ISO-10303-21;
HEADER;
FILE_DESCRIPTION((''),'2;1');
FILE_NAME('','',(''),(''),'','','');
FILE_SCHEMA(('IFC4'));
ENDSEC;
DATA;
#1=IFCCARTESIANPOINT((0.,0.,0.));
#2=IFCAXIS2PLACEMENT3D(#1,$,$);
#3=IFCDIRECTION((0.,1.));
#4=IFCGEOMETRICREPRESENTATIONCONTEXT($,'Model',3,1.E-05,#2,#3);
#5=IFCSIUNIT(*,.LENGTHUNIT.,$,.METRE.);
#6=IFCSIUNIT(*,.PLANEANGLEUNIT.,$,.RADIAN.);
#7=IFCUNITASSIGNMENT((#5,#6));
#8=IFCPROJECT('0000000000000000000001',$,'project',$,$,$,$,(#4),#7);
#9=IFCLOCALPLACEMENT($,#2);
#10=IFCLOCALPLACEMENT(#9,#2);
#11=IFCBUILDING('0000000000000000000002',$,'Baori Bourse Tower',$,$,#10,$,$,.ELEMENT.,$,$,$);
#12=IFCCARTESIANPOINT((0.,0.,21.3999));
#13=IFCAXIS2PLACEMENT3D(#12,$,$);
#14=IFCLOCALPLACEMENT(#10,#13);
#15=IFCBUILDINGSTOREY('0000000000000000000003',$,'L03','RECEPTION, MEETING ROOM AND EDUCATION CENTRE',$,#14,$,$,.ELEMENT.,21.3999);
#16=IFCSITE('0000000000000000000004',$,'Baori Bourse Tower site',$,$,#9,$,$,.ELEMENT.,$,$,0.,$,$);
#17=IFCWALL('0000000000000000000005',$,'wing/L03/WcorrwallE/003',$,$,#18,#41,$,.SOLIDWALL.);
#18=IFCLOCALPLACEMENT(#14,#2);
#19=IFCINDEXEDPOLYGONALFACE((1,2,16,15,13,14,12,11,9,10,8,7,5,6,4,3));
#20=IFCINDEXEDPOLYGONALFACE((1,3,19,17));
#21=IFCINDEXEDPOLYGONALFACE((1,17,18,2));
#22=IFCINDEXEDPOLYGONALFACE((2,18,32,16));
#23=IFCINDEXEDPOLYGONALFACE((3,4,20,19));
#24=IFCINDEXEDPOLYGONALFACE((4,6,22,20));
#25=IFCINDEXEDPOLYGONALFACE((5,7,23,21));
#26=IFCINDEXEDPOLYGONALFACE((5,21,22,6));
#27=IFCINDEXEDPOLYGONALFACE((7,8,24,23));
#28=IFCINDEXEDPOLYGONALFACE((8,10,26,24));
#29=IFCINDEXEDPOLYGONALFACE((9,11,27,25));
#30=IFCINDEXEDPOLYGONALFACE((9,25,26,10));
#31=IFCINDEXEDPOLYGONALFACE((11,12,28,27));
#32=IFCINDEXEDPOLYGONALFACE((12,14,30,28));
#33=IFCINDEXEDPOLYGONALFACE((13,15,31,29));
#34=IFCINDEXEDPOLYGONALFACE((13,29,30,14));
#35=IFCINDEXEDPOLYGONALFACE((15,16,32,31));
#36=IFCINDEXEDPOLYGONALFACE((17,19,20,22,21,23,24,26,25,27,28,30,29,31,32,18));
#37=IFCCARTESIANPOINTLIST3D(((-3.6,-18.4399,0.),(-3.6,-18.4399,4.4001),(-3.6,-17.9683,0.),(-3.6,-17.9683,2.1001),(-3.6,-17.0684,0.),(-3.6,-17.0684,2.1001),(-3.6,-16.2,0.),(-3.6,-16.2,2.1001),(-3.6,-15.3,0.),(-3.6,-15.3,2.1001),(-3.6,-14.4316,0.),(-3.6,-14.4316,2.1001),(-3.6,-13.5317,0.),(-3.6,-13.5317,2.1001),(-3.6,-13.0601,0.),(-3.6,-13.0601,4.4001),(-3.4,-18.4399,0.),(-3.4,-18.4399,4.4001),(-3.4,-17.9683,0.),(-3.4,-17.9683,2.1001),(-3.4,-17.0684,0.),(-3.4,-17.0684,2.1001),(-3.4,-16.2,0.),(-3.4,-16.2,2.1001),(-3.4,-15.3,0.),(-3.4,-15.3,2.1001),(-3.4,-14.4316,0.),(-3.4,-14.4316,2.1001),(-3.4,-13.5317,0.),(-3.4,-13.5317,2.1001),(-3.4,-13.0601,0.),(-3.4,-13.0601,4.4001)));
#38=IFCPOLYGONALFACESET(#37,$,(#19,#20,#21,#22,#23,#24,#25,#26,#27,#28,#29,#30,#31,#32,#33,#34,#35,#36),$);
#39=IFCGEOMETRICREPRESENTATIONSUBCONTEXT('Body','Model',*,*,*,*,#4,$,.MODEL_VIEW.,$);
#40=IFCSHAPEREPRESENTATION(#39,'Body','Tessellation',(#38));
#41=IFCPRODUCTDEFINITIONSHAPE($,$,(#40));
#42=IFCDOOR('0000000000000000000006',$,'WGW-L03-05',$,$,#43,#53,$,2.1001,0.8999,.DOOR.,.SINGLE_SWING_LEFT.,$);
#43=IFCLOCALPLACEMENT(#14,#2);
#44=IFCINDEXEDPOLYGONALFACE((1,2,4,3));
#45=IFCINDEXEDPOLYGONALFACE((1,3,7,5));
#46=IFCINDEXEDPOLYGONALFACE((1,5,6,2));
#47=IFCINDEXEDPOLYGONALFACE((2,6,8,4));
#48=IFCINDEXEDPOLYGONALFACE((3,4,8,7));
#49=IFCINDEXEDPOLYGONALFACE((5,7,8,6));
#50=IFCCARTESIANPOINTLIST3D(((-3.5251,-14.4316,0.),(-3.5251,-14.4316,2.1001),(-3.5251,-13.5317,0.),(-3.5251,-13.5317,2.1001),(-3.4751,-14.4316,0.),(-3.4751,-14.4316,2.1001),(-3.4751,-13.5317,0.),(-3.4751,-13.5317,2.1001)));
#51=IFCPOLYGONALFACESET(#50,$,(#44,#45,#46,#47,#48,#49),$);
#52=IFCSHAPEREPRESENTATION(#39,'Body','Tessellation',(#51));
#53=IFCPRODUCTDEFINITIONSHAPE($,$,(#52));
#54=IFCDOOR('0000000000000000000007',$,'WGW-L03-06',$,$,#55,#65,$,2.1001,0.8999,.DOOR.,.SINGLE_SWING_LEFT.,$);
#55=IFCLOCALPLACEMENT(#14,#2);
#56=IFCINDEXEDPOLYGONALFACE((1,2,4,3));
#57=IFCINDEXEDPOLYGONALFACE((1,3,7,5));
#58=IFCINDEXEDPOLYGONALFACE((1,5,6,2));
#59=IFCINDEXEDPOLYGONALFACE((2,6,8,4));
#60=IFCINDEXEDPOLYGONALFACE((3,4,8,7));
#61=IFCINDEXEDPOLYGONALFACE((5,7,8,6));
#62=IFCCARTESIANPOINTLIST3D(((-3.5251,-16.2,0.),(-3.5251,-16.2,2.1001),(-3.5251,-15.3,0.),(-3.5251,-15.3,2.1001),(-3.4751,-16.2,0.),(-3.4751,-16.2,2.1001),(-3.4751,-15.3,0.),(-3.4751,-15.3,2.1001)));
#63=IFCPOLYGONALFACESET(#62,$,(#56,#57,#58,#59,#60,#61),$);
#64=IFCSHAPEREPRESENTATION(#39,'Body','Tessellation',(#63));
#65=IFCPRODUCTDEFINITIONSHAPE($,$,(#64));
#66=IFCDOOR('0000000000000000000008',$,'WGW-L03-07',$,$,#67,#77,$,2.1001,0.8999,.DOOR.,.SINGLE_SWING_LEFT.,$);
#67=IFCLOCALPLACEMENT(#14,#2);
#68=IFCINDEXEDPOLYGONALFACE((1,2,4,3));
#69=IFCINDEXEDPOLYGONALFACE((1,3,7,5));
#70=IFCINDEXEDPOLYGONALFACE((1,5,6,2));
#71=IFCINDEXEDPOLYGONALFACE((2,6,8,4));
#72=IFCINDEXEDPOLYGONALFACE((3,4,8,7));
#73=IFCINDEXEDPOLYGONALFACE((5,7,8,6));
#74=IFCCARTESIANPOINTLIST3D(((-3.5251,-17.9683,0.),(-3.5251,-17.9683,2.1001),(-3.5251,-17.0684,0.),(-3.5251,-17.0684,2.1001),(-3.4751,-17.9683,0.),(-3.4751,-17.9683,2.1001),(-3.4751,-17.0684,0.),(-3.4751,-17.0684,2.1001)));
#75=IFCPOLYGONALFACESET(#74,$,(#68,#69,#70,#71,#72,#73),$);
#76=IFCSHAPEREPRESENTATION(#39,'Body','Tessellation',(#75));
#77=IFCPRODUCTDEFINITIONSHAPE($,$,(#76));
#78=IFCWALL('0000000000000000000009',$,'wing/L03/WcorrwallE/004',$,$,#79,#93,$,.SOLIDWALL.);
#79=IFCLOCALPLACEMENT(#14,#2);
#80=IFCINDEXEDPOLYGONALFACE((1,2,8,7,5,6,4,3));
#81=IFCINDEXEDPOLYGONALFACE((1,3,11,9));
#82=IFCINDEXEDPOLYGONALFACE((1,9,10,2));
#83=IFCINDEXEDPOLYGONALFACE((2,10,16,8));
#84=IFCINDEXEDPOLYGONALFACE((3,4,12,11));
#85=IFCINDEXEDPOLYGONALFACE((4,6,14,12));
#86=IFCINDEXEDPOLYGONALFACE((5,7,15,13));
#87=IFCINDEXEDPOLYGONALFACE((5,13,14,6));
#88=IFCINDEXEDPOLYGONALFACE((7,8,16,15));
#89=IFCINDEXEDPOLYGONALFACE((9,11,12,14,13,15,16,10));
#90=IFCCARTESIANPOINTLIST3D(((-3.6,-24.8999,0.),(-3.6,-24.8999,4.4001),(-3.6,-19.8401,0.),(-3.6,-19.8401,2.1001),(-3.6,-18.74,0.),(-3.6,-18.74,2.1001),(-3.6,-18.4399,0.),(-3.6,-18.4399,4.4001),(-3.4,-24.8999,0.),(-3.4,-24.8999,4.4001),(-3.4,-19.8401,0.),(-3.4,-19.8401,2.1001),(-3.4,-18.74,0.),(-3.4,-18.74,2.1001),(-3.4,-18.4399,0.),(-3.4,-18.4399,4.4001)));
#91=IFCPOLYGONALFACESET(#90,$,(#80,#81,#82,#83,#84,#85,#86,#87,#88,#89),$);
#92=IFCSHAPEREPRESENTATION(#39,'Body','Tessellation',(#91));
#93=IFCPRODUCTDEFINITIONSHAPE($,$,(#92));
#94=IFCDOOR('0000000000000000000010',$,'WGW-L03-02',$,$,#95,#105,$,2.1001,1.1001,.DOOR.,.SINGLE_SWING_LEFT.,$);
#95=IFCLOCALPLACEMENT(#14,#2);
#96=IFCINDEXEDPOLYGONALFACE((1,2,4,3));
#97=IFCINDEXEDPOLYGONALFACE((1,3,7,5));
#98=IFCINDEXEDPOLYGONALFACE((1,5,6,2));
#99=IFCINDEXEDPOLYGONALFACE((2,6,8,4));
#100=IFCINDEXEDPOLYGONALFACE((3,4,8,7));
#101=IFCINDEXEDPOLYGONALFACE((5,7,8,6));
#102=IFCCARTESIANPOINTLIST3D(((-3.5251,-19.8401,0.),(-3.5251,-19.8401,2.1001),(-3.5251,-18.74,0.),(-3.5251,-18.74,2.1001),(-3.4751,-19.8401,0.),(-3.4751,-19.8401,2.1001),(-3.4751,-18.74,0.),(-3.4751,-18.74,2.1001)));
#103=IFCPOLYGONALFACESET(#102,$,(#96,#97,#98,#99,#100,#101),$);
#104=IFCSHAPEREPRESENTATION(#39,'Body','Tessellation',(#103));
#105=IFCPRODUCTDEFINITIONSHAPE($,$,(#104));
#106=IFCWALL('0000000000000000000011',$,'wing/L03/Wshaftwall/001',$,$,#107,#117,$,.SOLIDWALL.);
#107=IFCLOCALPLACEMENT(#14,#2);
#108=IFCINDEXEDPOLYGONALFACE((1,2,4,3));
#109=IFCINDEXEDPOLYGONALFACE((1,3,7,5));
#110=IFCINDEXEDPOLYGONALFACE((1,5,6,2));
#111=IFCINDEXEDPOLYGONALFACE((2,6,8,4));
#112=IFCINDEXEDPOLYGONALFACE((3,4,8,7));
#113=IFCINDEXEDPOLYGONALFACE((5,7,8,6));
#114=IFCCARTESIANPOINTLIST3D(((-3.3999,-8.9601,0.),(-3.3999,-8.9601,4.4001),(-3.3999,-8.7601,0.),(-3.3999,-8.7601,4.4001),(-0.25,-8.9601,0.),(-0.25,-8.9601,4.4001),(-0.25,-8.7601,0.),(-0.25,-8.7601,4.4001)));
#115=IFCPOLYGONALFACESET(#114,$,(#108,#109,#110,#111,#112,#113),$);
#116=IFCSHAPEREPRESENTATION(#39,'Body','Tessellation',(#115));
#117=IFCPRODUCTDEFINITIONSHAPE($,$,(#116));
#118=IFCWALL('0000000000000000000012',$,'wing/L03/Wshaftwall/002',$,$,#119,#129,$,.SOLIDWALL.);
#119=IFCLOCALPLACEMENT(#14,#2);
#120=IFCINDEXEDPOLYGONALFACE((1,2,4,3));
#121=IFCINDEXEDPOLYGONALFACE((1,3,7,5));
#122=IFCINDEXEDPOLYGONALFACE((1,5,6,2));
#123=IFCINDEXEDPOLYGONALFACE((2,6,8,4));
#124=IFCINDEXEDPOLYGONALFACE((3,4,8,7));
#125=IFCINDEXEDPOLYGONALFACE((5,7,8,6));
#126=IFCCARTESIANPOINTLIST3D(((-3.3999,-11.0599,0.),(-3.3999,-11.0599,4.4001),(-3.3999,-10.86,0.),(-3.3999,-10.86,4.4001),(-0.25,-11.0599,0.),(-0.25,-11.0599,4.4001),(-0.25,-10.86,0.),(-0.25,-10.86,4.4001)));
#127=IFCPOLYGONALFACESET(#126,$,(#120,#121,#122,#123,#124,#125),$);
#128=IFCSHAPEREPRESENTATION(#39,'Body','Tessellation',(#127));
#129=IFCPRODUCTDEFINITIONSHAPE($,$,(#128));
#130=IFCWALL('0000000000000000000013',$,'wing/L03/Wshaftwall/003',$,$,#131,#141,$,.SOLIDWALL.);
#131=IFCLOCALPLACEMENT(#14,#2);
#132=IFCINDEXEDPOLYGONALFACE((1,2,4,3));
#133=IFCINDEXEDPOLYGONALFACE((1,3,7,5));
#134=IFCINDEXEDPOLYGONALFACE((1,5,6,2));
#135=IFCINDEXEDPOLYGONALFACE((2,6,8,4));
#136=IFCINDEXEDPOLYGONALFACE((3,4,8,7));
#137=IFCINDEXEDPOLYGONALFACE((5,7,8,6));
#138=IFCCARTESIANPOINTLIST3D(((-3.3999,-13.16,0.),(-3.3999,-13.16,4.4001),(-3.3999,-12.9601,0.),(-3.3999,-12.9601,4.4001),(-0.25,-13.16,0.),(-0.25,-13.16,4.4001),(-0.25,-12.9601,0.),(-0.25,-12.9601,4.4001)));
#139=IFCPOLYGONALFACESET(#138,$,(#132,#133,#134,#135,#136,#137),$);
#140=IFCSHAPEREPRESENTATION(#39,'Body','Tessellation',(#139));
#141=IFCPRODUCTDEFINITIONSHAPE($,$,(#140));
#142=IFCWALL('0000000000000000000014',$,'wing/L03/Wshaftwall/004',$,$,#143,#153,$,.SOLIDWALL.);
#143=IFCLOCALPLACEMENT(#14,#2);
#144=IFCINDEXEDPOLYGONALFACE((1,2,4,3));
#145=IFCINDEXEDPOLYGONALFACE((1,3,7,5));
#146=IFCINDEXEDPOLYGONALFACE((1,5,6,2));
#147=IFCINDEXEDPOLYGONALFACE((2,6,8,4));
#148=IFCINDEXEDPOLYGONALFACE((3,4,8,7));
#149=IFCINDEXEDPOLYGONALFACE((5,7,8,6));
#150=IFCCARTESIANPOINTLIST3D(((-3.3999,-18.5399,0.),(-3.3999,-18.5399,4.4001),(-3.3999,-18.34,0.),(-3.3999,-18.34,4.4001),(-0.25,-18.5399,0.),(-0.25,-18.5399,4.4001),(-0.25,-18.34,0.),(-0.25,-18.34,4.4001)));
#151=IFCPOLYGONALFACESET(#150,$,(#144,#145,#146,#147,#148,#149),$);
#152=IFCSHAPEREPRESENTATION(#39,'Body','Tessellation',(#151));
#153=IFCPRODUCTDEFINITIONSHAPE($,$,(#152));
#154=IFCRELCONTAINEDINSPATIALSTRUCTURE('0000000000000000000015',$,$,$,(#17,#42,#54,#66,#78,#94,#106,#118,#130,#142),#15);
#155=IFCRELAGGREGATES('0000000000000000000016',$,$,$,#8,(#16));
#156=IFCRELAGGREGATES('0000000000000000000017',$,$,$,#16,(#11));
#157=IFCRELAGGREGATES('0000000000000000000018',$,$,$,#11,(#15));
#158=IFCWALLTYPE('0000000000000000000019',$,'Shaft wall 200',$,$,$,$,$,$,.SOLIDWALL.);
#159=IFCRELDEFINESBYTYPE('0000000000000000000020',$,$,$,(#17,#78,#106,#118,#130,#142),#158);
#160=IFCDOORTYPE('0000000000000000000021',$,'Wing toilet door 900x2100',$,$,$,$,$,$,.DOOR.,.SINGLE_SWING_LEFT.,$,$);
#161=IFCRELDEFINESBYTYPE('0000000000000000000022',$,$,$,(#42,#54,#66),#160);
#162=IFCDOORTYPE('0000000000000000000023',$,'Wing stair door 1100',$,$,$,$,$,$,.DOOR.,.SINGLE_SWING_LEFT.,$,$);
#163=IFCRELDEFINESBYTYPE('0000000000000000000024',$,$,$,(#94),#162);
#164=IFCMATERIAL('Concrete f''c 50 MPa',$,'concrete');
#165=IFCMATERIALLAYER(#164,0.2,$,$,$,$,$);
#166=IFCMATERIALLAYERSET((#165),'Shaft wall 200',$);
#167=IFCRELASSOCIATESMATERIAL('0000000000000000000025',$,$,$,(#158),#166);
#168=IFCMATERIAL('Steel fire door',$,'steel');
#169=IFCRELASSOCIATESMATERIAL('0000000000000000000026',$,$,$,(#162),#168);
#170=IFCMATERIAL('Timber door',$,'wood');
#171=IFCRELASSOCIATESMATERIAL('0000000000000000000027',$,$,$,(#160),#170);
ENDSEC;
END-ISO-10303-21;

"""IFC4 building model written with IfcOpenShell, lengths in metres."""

from ifc_helpers import new_model, si_unit, direction, frame, frame_2d, origin, place, context, subcontext, project, spatial, rectangle, extrude, material, layer, layer_set, type_object, element, fill, save


model = new_model("IFC4")

# Units and contexts
model_context = context("Model", 3, precision=1e-05, world=origin(), true_north=direction((0.0, 1.0)))
body_context = subcontext(model_context, "Body", "Model", "MODEL_VIEW")
ifc_project = project(units=[si_unit("LENGTHUNIT", "METRE"), si_unit("PLANEANGLEUNIT", "RADIAN")], contexts=[model_context])

# Site, building, storey
site_placement = place(None, origin())
site = spatial("IfcSite", under=ifc_project, at=site_placement, Name="Baori Bourse Tower site", CompositionType="ELEMENT", RefElevation=0.0)
building_placement = place(site_placement, origin())
building = spatial("IfcBuilding", under=site, at=building_placement, Name="Baori Bourse Tower", CompositionType="ELEMENT")
storey_placement = place(building_placement, frame((0.0, 0.0, 21.3999)))
storey = spatial("IfcBuildingStorey", under=building, at=storey_placement, Name="L03", Description="RECEPTION, MEETING ROOM AND EDUCATION CENTRE", CompositionType="ELEMENT", Elevation=21.3999)

# Shared definitions
ifc_material_1 = material(Name="Concrete f'c 50 MPa", Category="concrete")
ifc_layer_1 = layer(ifc_material_1, 0.2)
ifc_layer_set_1 = layer_set([ifc_layer_1], Name="Shaft wall 200")
wall_type_1 = type_object("IfcWallType", Name="Shaft wall 200", PredefinedType="SOLIDWALL", material=ifc_layer_set_1)
ifc_material_2 = material(Name="Steel fire door", Category="steel")
door_type_1 = type_object("IfcDoorType", Name="Wing stair door 1100", OperationType="SINGLE_SWING_LEFT", PredefinedType="DOOR", material=ifc_material_2)

# Wall, openings, doors
wall_1_placement = place(storey_placement, frame((-3.5, -13.0601, 0.0), z_axis=(0.0, 0.0, 1.0), x_axis=(0.0, -1.0, 0.0)))
wall_1 = element("IfcWall", 1, at=wall_1_placement, inside=storey, type_object=wall_type_1, Name="wing/L03/WcorrwallE/003", PredefinedType="SOLIDWALL", context=body_context, shape_type="SweptSolid", body=[
    extrude(rectangle(XDim=5.3799, YDim=0.2, at=frame_2d((2.6899, 0.0))), origin(), (0.0, 0.0, 1.0), 4.4001),
])
opening_1_placement = place(wall_1_placement, frame((0.4717, 0.0, 0.0)))
opening_1 = element("IfcOpeningElement", 2, at=opening_1_placement, cuts=wall_1, PredefinedType="OPENING", context=body_context, shape_type="SweptSolid", body=[
    extrude(rectangle(XDim=0.8999, YDim=2.1001, at=frame_2d((0.45, 1.05))), frame((0.0, 0.1099, 0.0), z_axis=(0.0, -1.0, 0.0), x_axis=(1.0, 0.0, 0.0)), (0.0, 0.0, 1.0), 0.22),
])
opening_2_placement = place(wall_1_placement, frame((2.24, 0.0, 0.0)))
opening_2 = element("IfcOpeningElement", 3, at=opening_2_placement, cuts=wall_1, PredefinedType="OPENING", context=body_context, shape_type="SweptSolid", body=[
    extrude(rectangle(XDim=0.8999, YDim=2.1001, at=frame_2d((0.45, 1.05))), frame((0.0, 0.1099, 0.0), z_axis=(0.0, -1.0, 0.0), x_axis=(1.0, 0.0, 0.0)), (0.0, 0.0, 1.0), 0.22),
])
opening_3_placement = place(wall_1_placement, frame((4.0083, 0.0, 0.0)))
opening_3 = element("IfcOpeningElement", 4, at=opening_3_placement, cuts=wall_1, PredefinedType="OPENING", context=body_context, shape_type="SweptSolid", body=[
    extrude(rectangle(XDim=0.8999, YDim=2.1001, at=frame_2d((0.45, 1.05))), frame((0.0, 0.1099, 0.0), z_axis=(0.0, -1.0, 0.0), x_axis=(1.0, 0.0, 0.0)), (0.0, 0.0, 1.0), 0.22),
])
ifc_material_3 = material(Name="Timber door", Category="wood")
door_type_2 = type_object("IfcDoorType", Name="Wing toilet door 900x2100", OperationType="SINGLE_SWING_LEFT", PredefinedType="DOOR", material=ifc_material_3)
door_1_placement = place(opening_1_placement, origin())
door_1 = element("IfcDoor", 5, at=door_1_placement, inside=storey, type_object=door_type_2, Name="WGW-L03-05", OperationType="SINGLE_SWING_LEFT", OverallHeight=2.1001, OverallWidth=0.8999, PredefinedType="DOOR", context=body_context, shape_type="SweptSolid", body=[
    extrude(rectangle(XDim=0.8999, YDim=2.1001, at=frame_2d((0.45, 1.05))), frame((0.0, 0.0249, 0.0), z_axis=(0.0, -1.0, 0.0), x_axis=(1.0, 0.0, 0.0)), (0.0, 0.0, 1.0), 0.05),
])
fill(opening_1, door_1)
door_2_placement = place(opening_2_placement, origin())
door_2 = element("IfcDoor", 6, at=door_2_placement, inside=storey, type_object=door_type_2, Name="WGW-L03-06", OperationType="SINGLE_SWING_LEFT", OverallHeight=2.1001, OverallWidth=0.8999, PredefinedType="DOOR", context=body_context, shape_type="SweptSolid", body=[
    extrude(rectangle(XDim=0.8999, YDim=2.1001, at=frame_2d((0.45, 1.05))), frame((0.0, 0.0249, 0.0), z_axis=(0.0, -1.0, 0.0), x_axis=(1.0, 0.0, 0.0)), (0.0, 0.0, 1.0), 0.05),
])
fill(opening_2, door_2)
door_3_placement = place(opening_3_placement, origin())
door_3 = element("IfcDoor", 7, at=door_3_placement, inside=storey, type_object=door_type_2, Name="WGW-L03-07", OperationType="SINGLE_SWING_LEFT", OverallHeight=2.1001, OverallWidth=0.8999, PredefinedType="DOOR", context=body_context, shape_type="SweptSolid", body=[
    extrude(rectangle(XDim=0.8999, YDim=2.1001, at=frame_2d((0.45, 1.05))), frame((0.0, 0.0249, 0.0), z_axis=(0.0, -1.0, 0.0), x_axis=(1.0, 0.0, 0.0)), (0.0, 0.0, 1.0), 0.05),
])
fill(opening_3, door_3)

# Wall, opening, door
wall_2_placement = place(storey_placement, frame((-3.5, -18.4399, 0.0), z_axis=(0.0, 0.0, 1.0), x_axis=(0.0, -1.0, 0.0)))
wall_2 = element("IfcWall", 8, at=wall_2_placement, inside=storey, type_object=wall_type_1, Name="wing/L03/WcorrwallE/004", PredefinedType="SOLIDWALL", context=body_context, shape_type="SweptSolid", body=[
    extrude(rectangle(XDim=6.46, YDim=0.2, at=frame_2d((3.23, 0.0))), origin(), (0.0, 0.0, 1.0), 4.4001),
])
opening_4_placement = place(wall_2_placement, frame((0.3, 0.0, 0.0)))
opening_4 = element("IfcOpeningElement", 9, at=opening_4_placement, cuts=wall_2, PredefinedType="OPENING", context=body_context, shape_type="SweptSolid", body=[
    extrude(rectangle(XDim=1.1001, YDim=2.1001, at=frame_2d((0.55, 1.05))), frame((0.0, 0.1099, 0.0), z_axis=(0.0, -1.0, 0.0), x_axis=(1.0, 0.0, 0.0)), (0.0, 0.0, 1.0), 0.22),
])
door_4_placement = place(opening_4_placement, origin())
door_4 = element("IfcDoor", 10, at=door_4_placement, inside=storey, type_object=door_type_1, Name="WGW-L03-02", OperationType="SINGLE_SWING_LEFT", OverallHeight=2.1001, OverallWidth=1.1001, PredefinedType="DOOR", context=body_context, shape_type="SweptSolid", body=[
    extrude(rectangle(XDim=1.1001, YDim=2.1001, at=frame_2d((0.55, 1.05))), frame((0.0, 0.0249, 0.0), z_axis=(0.0, -1.0, 0.0), x_axis=(1.0, 0.0, 0.0)), (0.0, 0.0, 1.0), 0.05),
])
fill(opening_4, door_4)

# Walls
for number, where, z_axis, x_axis, name in (
    (11, (-3.3999, -8.8601, 0.0), (0.0, 0.0, 1.0), (1.0, 0.0, 0.0), "wing/L03/Wshaftwall/001"),
    (12, (-3.3999, -10.96, 0.0), (0.0, 0.0, 1.0), (1.0, 0.0, 0.0), "wing/L03/Wshaftwall/002"),
    (13, (-3.3999, -13.0601, 0.0), (0.0, 0.0, 1.0), (1.0, 0.0, 0.0), "wing/L03/Wshaftwall/003"),
    (14, (-3.3999, -18.4399, 0.0), (0.0, 0.0, 1.0), (1.0, 0.0, 0.0), "wing/L03/Wshaftwall/004"),
):
    element("IfcWall", number, at=place(storey_placement, frame(where, z_axis=z_axis, x_axis=x_axis)), inside=storey, type_object=wall_type_1, Name=name, PredefinedType="SOLIDWALL", context=body_context, shape_type="SweptSolid", body=[
        extrude(rectangle(XDim=3.1499, YDim=0.2, at=frame_2d((1.575, 0.0))), origin(), (0.0, 0.0, 1.0), 4.4001),
    ])

save(model, "model.ifc")
